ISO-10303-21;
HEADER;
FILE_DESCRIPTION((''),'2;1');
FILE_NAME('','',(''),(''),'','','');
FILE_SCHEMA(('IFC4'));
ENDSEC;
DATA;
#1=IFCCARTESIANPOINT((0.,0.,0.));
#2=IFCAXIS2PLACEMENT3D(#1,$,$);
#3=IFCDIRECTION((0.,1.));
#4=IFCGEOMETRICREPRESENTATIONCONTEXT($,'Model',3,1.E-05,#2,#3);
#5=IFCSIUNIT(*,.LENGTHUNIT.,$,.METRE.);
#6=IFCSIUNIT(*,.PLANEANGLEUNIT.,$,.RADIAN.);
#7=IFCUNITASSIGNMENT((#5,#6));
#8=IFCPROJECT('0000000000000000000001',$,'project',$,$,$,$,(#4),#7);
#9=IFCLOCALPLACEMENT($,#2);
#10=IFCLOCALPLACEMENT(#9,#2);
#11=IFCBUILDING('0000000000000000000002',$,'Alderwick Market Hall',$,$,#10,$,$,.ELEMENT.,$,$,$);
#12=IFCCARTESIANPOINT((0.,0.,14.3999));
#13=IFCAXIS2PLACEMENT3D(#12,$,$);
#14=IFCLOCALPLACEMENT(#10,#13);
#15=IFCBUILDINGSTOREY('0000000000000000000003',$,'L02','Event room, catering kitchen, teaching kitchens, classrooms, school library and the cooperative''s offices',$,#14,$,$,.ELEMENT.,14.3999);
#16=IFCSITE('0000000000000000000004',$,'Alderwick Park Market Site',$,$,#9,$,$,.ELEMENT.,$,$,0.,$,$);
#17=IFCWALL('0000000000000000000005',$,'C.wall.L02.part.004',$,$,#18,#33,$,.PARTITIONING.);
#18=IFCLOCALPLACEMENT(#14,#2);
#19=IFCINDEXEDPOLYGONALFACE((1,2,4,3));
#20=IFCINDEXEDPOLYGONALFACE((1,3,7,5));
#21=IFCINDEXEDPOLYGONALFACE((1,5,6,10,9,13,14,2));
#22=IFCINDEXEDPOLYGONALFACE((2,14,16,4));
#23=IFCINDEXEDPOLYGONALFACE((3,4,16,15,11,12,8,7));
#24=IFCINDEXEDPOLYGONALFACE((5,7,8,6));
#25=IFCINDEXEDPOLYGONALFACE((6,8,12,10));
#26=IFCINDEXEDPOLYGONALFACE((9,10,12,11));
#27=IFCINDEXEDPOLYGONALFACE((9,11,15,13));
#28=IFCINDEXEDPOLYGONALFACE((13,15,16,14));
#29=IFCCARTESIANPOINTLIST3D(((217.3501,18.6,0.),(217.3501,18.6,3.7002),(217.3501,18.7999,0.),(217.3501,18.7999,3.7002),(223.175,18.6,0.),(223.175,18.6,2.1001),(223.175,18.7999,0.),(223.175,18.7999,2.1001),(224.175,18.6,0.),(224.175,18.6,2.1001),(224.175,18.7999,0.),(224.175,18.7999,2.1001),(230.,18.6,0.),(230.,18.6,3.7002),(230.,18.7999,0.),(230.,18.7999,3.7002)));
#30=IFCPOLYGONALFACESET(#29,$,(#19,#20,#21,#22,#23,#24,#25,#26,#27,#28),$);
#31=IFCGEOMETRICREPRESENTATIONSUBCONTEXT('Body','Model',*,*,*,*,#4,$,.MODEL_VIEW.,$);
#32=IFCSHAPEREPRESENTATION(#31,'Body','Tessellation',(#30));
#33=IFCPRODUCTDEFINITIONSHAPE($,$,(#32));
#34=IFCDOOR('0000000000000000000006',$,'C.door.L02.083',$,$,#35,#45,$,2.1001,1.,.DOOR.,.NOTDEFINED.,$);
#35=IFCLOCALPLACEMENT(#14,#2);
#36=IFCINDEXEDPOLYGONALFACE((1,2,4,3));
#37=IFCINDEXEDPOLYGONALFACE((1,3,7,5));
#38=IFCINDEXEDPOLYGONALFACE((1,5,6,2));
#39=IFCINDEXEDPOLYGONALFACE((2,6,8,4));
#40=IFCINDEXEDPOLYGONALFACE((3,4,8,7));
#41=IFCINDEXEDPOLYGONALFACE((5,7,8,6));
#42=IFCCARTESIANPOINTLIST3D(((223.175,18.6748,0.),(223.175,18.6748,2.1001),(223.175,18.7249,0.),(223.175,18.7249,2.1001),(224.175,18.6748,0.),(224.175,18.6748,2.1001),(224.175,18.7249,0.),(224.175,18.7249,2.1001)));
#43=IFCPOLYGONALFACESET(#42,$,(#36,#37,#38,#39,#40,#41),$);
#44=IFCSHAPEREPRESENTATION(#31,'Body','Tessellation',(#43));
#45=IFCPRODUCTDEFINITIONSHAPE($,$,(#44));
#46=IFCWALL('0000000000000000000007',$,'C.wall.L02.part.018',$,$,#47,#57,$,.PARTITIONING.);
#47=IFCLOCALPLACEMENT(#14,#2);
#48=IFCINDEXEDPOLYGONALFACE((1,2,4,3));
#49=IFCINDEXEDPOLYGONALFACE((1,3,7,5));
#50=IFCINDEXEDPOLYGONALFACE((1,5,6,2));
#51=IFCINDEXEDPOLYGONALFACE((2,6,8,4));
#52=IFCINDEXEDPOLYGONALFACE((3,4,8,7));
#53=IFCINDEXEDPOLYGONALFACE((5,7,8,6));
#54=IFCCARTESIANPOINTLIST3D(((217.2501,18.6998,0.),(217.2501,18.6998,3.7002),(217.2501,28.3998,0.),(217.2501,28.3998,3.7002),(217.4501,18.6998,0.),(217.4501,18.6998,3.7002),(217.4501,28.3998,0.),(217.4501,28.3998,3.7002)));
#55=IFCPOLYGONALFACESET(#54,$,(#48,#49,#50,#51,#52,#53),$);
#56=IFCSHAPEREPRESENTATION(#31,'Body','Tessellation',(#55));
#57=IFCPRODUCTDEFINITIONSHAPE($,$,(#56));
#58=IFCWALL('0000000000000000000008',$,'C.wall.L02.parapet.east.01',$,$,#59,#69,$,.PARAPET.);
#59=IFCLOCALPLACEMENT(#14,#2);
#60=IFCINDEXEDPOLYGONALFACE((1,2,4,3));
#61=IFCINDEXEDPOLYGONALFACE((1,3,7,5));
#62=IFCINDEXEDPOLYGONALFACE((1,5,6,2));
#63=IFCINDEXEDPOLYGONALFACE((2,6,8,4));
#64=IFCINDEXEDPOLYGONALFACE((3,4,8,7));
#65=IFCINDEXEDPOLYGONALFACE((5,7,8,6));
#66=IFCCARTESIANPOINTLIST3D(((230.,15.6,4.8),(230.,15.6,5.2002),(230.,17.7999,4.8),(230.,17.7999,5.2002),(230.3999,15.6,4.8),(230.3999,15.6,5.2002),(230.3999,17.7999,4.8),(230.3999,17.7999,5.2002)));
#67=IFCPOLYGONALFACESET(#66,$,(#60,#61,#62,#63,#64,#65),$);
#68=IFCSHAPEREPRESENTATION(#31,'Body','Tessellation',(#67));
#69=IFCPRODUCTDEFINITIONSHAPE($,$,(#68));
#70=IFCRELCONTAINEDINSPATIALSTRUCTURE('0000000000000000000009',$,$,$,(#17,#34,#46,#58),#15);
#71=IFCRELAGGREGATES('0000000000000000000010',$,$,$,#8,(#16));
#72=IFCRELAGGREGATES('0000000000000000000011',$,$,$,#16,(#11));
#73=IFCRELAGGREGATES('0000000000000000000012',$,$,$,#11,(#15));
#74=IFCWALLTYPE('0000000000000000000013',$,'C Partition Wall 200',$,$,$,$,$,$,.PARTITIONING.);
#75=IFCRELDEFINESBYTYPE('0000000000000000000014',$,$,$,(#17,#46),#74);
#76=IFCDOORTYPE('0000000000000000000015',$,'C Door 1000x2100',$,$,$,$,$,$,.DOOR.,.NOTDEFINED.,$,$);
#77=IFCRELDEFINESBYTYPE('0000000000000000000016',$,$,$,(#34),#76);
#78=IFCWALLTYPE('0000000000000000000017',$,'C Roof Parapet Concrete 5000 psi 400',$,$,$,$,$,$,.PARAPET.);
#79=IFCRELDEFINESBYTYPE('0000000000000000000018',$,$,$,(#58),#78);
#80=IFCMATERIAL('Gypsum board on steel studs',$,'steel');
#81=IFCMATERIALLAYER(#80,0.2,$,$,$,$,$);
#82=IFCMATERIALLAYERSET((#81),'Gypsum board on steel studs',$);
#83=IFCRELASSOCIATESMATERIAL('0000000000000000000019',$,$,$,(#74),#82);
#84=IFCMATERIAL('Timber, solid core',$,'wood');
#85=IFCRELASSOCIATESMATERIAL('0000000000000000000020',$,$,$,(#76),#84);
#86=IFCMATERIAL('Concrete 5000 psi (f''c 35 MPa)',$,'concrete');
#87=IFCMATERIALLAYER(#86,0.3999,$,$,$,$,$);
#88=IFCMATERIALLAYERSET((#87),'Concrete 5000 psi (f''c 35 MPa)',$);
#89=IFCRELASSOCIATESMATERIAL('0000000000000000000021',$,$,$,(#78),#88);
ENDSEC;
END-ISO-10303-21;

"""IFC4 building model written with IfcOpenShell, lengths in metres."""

from ifc_helpers import new_model, si_unit, direction, frame, frame_2d, origin, place, context, subcontext, project, spatial, rectangle, extrude, material, layer, layer_set, type_object, element, fill, save


model = new_model("IFC4")

# Units and contexts
model_context = context("Model", 3, precision=1e-05, world=origin(), true_north=direction((0.0, 1.0)))
body_context = subcontext(model_context, "Body", "Model", "MODEL_VIEW")
ifc_project = project(units=[si_unit("LENGTHUNIT", "METRE"), si_unit("PLANEANGLEUNIT", "RADIAN")], contexts=[model_context])

# Site, building, storey
site_placement = place(None, origin())
site = spatial("IfcSite", under=ifc_project, at=site_placement, Name="Alderwick Park Market Site", CompositionType="ELEMENT", RefElevation=0.0)
building_placement = place(site_placement, origin())
building = spatial("IfcBuilding", under=site, at=building_placement, Name="Alderwick Market Hall", CompositionType="ELEMENT")
storey_placement = place(building_placement, frame((0.0, 0.0, 14.3999)))
storey = spatial("IfcBuildingStorey", under=building, at=storey_placement, Name="L02", Description="Event room, catering kitchen, teaching kitchens, classrooms, school library and the cooperative's offices", CompositionType="ELEMENT", Elevation=14.3999)

# Shared definitions
ifc_material_1 = material(Name="Concrete 5000 psi (f'c 35 MPa)", Category="concrete")

# Wall, opening, door
ifc_material_2 = material(Name="Gypsum board on steel studs", Category="steel")
ifc_layer_1 = layer(ifc_material_2, 0.2)
ifc_layer_set_1 = layer_set([ifc_layer_1], Name="Gypsum board on steel studs")
wall_type_1 = type_object("IfcWallType", Name="C Partition Wall 200", PredefinedType="PARTITIONING", material=ifc_layer_set_1)
wall_1_placement = place(storey_placement, frame((217.3501, 18.7, 0.0), z_axis=(0.0, 0.0, 1.0), x_axis=(1.0, 0.0, 0.0)))
wall_1 = element("IfcWall", 1, at=wall_1_placement, inside=storey, type_object=wall_type_1, Name="C.wall.L02.part.004", PredefinedType="PARTITIONING", context=body_context, shape_type="SweptSolid", body=[
    extrude(rectangle(XDim=12.6499, YDim=0.2, at=frame_2d((6.325, 0.0))), origin(), (0.0, 0.0, 1.0), 3.7002),
])
opening_1_placement = place(wall_1_placement, frame((5.825, 0.0, 0.0)))
opening_1 = element("IfcOpeningElement", 2, at=opening_1_placement, cuts=wall_1, PredefinedType="OPENING", context=body_context, shape_type="SweptSolid", body=[
    extrude(rectangle(XDim=1.0, YDim=2.1001, at=frame_2d((0.5, 1.05))), frame((0.0, 0.1099, 0.0), z_axis=(0.0, -1.0, 0.0), x_axis=(1.0, 0.0, 0.0)), (0.0, 0.0, 1.0), 0.22),
])
ifc_material_3 = material(Name="Timber, solid core", Category="wood")
door_type = type_object("IfcDoorType", Name="C Door 1000x2100", OperationType="NOTDEFINED", PredefinedType="DOOR", material=ifc_material_3)
door_placement = place(opening_1_placement, origin())
door = element("IfcDoor", 3, at=door_placement, inside=storey, type_object=door_type, Name="C.door.L02.083", OperationType="NOTDEFINED", OverallHeight=2.1001, OverallWidth=1.0, PredefinedType="DOOR", context=body_context, shape_type="SweptSolid", body=[
    extrude(rectangle(XDim=1.0, YDim=2.1001, at=frame_2d((0.5, 1.05))), frame((0.0, 0.0249, 0.0), z_axis=(0.0, -1.0, 0.0), x_axis=(1.0, 0.0, 0.0)), (0.0, 0.0, 1.0), 0.05),
])
fill(opening_1, door)

# Walls
wall_2_placement = place(storey_placement, frame((217.3501, 28.3999, 0.0), z_axis=(0.0, 0.0, 1.0), x_axis=(0.0, -1.0, 0.0)))
element("IfcWall", 4, at=wall_2_placement, inside=storey, type_object=wall_type_1, Name="C.wall.L02.part.018", PredefinedType="PARTITIONING", context=body_context, shape_type="SweptSolid", body=[
    extrude(rectangle(XDim=9.7, YDim=0.2, at=frame_2d((4.8501, 0.0))), origin(), (0.0, 0.0, 1.0), 3.7002),
])
ifc_layer_2 = layer(ifc_material_1, 0.3999)
ifc_layer_set_2 = layer_set([ifc_layer_2], Name="Concrete 5000 psi (f'c 35 MPa)")
wall_type_2 = type_object("IfcWallType", Name="C Roof Parapet Concrete 5000 psi 400", PredefinedType="PARAPET", material=ifc_layer_set_2)
wall_3_placement = place(storey_placement, frame((230.2, 17.8, 4.8), z_axis=(0.0, 0.0, 1.0), x_axis=(0.0, -1.0, 0.0)))
element("IfcWall", 5, at=wall_3_placement, inside=storey, type_object=wall_type_2, Name="C.wall.L02.parapet.east.01", PredefinedType="PARAPET", context=body_context, shape_type="SweptSolid", body=[
    extrude(rectangle(XDim=2.2, YDim=0.3999, at=frame_2d((1.1001, 0.0))), origin(), (0.0, 0.0, 1.0), 0.4001),
])

save(model, "model.ifc")
